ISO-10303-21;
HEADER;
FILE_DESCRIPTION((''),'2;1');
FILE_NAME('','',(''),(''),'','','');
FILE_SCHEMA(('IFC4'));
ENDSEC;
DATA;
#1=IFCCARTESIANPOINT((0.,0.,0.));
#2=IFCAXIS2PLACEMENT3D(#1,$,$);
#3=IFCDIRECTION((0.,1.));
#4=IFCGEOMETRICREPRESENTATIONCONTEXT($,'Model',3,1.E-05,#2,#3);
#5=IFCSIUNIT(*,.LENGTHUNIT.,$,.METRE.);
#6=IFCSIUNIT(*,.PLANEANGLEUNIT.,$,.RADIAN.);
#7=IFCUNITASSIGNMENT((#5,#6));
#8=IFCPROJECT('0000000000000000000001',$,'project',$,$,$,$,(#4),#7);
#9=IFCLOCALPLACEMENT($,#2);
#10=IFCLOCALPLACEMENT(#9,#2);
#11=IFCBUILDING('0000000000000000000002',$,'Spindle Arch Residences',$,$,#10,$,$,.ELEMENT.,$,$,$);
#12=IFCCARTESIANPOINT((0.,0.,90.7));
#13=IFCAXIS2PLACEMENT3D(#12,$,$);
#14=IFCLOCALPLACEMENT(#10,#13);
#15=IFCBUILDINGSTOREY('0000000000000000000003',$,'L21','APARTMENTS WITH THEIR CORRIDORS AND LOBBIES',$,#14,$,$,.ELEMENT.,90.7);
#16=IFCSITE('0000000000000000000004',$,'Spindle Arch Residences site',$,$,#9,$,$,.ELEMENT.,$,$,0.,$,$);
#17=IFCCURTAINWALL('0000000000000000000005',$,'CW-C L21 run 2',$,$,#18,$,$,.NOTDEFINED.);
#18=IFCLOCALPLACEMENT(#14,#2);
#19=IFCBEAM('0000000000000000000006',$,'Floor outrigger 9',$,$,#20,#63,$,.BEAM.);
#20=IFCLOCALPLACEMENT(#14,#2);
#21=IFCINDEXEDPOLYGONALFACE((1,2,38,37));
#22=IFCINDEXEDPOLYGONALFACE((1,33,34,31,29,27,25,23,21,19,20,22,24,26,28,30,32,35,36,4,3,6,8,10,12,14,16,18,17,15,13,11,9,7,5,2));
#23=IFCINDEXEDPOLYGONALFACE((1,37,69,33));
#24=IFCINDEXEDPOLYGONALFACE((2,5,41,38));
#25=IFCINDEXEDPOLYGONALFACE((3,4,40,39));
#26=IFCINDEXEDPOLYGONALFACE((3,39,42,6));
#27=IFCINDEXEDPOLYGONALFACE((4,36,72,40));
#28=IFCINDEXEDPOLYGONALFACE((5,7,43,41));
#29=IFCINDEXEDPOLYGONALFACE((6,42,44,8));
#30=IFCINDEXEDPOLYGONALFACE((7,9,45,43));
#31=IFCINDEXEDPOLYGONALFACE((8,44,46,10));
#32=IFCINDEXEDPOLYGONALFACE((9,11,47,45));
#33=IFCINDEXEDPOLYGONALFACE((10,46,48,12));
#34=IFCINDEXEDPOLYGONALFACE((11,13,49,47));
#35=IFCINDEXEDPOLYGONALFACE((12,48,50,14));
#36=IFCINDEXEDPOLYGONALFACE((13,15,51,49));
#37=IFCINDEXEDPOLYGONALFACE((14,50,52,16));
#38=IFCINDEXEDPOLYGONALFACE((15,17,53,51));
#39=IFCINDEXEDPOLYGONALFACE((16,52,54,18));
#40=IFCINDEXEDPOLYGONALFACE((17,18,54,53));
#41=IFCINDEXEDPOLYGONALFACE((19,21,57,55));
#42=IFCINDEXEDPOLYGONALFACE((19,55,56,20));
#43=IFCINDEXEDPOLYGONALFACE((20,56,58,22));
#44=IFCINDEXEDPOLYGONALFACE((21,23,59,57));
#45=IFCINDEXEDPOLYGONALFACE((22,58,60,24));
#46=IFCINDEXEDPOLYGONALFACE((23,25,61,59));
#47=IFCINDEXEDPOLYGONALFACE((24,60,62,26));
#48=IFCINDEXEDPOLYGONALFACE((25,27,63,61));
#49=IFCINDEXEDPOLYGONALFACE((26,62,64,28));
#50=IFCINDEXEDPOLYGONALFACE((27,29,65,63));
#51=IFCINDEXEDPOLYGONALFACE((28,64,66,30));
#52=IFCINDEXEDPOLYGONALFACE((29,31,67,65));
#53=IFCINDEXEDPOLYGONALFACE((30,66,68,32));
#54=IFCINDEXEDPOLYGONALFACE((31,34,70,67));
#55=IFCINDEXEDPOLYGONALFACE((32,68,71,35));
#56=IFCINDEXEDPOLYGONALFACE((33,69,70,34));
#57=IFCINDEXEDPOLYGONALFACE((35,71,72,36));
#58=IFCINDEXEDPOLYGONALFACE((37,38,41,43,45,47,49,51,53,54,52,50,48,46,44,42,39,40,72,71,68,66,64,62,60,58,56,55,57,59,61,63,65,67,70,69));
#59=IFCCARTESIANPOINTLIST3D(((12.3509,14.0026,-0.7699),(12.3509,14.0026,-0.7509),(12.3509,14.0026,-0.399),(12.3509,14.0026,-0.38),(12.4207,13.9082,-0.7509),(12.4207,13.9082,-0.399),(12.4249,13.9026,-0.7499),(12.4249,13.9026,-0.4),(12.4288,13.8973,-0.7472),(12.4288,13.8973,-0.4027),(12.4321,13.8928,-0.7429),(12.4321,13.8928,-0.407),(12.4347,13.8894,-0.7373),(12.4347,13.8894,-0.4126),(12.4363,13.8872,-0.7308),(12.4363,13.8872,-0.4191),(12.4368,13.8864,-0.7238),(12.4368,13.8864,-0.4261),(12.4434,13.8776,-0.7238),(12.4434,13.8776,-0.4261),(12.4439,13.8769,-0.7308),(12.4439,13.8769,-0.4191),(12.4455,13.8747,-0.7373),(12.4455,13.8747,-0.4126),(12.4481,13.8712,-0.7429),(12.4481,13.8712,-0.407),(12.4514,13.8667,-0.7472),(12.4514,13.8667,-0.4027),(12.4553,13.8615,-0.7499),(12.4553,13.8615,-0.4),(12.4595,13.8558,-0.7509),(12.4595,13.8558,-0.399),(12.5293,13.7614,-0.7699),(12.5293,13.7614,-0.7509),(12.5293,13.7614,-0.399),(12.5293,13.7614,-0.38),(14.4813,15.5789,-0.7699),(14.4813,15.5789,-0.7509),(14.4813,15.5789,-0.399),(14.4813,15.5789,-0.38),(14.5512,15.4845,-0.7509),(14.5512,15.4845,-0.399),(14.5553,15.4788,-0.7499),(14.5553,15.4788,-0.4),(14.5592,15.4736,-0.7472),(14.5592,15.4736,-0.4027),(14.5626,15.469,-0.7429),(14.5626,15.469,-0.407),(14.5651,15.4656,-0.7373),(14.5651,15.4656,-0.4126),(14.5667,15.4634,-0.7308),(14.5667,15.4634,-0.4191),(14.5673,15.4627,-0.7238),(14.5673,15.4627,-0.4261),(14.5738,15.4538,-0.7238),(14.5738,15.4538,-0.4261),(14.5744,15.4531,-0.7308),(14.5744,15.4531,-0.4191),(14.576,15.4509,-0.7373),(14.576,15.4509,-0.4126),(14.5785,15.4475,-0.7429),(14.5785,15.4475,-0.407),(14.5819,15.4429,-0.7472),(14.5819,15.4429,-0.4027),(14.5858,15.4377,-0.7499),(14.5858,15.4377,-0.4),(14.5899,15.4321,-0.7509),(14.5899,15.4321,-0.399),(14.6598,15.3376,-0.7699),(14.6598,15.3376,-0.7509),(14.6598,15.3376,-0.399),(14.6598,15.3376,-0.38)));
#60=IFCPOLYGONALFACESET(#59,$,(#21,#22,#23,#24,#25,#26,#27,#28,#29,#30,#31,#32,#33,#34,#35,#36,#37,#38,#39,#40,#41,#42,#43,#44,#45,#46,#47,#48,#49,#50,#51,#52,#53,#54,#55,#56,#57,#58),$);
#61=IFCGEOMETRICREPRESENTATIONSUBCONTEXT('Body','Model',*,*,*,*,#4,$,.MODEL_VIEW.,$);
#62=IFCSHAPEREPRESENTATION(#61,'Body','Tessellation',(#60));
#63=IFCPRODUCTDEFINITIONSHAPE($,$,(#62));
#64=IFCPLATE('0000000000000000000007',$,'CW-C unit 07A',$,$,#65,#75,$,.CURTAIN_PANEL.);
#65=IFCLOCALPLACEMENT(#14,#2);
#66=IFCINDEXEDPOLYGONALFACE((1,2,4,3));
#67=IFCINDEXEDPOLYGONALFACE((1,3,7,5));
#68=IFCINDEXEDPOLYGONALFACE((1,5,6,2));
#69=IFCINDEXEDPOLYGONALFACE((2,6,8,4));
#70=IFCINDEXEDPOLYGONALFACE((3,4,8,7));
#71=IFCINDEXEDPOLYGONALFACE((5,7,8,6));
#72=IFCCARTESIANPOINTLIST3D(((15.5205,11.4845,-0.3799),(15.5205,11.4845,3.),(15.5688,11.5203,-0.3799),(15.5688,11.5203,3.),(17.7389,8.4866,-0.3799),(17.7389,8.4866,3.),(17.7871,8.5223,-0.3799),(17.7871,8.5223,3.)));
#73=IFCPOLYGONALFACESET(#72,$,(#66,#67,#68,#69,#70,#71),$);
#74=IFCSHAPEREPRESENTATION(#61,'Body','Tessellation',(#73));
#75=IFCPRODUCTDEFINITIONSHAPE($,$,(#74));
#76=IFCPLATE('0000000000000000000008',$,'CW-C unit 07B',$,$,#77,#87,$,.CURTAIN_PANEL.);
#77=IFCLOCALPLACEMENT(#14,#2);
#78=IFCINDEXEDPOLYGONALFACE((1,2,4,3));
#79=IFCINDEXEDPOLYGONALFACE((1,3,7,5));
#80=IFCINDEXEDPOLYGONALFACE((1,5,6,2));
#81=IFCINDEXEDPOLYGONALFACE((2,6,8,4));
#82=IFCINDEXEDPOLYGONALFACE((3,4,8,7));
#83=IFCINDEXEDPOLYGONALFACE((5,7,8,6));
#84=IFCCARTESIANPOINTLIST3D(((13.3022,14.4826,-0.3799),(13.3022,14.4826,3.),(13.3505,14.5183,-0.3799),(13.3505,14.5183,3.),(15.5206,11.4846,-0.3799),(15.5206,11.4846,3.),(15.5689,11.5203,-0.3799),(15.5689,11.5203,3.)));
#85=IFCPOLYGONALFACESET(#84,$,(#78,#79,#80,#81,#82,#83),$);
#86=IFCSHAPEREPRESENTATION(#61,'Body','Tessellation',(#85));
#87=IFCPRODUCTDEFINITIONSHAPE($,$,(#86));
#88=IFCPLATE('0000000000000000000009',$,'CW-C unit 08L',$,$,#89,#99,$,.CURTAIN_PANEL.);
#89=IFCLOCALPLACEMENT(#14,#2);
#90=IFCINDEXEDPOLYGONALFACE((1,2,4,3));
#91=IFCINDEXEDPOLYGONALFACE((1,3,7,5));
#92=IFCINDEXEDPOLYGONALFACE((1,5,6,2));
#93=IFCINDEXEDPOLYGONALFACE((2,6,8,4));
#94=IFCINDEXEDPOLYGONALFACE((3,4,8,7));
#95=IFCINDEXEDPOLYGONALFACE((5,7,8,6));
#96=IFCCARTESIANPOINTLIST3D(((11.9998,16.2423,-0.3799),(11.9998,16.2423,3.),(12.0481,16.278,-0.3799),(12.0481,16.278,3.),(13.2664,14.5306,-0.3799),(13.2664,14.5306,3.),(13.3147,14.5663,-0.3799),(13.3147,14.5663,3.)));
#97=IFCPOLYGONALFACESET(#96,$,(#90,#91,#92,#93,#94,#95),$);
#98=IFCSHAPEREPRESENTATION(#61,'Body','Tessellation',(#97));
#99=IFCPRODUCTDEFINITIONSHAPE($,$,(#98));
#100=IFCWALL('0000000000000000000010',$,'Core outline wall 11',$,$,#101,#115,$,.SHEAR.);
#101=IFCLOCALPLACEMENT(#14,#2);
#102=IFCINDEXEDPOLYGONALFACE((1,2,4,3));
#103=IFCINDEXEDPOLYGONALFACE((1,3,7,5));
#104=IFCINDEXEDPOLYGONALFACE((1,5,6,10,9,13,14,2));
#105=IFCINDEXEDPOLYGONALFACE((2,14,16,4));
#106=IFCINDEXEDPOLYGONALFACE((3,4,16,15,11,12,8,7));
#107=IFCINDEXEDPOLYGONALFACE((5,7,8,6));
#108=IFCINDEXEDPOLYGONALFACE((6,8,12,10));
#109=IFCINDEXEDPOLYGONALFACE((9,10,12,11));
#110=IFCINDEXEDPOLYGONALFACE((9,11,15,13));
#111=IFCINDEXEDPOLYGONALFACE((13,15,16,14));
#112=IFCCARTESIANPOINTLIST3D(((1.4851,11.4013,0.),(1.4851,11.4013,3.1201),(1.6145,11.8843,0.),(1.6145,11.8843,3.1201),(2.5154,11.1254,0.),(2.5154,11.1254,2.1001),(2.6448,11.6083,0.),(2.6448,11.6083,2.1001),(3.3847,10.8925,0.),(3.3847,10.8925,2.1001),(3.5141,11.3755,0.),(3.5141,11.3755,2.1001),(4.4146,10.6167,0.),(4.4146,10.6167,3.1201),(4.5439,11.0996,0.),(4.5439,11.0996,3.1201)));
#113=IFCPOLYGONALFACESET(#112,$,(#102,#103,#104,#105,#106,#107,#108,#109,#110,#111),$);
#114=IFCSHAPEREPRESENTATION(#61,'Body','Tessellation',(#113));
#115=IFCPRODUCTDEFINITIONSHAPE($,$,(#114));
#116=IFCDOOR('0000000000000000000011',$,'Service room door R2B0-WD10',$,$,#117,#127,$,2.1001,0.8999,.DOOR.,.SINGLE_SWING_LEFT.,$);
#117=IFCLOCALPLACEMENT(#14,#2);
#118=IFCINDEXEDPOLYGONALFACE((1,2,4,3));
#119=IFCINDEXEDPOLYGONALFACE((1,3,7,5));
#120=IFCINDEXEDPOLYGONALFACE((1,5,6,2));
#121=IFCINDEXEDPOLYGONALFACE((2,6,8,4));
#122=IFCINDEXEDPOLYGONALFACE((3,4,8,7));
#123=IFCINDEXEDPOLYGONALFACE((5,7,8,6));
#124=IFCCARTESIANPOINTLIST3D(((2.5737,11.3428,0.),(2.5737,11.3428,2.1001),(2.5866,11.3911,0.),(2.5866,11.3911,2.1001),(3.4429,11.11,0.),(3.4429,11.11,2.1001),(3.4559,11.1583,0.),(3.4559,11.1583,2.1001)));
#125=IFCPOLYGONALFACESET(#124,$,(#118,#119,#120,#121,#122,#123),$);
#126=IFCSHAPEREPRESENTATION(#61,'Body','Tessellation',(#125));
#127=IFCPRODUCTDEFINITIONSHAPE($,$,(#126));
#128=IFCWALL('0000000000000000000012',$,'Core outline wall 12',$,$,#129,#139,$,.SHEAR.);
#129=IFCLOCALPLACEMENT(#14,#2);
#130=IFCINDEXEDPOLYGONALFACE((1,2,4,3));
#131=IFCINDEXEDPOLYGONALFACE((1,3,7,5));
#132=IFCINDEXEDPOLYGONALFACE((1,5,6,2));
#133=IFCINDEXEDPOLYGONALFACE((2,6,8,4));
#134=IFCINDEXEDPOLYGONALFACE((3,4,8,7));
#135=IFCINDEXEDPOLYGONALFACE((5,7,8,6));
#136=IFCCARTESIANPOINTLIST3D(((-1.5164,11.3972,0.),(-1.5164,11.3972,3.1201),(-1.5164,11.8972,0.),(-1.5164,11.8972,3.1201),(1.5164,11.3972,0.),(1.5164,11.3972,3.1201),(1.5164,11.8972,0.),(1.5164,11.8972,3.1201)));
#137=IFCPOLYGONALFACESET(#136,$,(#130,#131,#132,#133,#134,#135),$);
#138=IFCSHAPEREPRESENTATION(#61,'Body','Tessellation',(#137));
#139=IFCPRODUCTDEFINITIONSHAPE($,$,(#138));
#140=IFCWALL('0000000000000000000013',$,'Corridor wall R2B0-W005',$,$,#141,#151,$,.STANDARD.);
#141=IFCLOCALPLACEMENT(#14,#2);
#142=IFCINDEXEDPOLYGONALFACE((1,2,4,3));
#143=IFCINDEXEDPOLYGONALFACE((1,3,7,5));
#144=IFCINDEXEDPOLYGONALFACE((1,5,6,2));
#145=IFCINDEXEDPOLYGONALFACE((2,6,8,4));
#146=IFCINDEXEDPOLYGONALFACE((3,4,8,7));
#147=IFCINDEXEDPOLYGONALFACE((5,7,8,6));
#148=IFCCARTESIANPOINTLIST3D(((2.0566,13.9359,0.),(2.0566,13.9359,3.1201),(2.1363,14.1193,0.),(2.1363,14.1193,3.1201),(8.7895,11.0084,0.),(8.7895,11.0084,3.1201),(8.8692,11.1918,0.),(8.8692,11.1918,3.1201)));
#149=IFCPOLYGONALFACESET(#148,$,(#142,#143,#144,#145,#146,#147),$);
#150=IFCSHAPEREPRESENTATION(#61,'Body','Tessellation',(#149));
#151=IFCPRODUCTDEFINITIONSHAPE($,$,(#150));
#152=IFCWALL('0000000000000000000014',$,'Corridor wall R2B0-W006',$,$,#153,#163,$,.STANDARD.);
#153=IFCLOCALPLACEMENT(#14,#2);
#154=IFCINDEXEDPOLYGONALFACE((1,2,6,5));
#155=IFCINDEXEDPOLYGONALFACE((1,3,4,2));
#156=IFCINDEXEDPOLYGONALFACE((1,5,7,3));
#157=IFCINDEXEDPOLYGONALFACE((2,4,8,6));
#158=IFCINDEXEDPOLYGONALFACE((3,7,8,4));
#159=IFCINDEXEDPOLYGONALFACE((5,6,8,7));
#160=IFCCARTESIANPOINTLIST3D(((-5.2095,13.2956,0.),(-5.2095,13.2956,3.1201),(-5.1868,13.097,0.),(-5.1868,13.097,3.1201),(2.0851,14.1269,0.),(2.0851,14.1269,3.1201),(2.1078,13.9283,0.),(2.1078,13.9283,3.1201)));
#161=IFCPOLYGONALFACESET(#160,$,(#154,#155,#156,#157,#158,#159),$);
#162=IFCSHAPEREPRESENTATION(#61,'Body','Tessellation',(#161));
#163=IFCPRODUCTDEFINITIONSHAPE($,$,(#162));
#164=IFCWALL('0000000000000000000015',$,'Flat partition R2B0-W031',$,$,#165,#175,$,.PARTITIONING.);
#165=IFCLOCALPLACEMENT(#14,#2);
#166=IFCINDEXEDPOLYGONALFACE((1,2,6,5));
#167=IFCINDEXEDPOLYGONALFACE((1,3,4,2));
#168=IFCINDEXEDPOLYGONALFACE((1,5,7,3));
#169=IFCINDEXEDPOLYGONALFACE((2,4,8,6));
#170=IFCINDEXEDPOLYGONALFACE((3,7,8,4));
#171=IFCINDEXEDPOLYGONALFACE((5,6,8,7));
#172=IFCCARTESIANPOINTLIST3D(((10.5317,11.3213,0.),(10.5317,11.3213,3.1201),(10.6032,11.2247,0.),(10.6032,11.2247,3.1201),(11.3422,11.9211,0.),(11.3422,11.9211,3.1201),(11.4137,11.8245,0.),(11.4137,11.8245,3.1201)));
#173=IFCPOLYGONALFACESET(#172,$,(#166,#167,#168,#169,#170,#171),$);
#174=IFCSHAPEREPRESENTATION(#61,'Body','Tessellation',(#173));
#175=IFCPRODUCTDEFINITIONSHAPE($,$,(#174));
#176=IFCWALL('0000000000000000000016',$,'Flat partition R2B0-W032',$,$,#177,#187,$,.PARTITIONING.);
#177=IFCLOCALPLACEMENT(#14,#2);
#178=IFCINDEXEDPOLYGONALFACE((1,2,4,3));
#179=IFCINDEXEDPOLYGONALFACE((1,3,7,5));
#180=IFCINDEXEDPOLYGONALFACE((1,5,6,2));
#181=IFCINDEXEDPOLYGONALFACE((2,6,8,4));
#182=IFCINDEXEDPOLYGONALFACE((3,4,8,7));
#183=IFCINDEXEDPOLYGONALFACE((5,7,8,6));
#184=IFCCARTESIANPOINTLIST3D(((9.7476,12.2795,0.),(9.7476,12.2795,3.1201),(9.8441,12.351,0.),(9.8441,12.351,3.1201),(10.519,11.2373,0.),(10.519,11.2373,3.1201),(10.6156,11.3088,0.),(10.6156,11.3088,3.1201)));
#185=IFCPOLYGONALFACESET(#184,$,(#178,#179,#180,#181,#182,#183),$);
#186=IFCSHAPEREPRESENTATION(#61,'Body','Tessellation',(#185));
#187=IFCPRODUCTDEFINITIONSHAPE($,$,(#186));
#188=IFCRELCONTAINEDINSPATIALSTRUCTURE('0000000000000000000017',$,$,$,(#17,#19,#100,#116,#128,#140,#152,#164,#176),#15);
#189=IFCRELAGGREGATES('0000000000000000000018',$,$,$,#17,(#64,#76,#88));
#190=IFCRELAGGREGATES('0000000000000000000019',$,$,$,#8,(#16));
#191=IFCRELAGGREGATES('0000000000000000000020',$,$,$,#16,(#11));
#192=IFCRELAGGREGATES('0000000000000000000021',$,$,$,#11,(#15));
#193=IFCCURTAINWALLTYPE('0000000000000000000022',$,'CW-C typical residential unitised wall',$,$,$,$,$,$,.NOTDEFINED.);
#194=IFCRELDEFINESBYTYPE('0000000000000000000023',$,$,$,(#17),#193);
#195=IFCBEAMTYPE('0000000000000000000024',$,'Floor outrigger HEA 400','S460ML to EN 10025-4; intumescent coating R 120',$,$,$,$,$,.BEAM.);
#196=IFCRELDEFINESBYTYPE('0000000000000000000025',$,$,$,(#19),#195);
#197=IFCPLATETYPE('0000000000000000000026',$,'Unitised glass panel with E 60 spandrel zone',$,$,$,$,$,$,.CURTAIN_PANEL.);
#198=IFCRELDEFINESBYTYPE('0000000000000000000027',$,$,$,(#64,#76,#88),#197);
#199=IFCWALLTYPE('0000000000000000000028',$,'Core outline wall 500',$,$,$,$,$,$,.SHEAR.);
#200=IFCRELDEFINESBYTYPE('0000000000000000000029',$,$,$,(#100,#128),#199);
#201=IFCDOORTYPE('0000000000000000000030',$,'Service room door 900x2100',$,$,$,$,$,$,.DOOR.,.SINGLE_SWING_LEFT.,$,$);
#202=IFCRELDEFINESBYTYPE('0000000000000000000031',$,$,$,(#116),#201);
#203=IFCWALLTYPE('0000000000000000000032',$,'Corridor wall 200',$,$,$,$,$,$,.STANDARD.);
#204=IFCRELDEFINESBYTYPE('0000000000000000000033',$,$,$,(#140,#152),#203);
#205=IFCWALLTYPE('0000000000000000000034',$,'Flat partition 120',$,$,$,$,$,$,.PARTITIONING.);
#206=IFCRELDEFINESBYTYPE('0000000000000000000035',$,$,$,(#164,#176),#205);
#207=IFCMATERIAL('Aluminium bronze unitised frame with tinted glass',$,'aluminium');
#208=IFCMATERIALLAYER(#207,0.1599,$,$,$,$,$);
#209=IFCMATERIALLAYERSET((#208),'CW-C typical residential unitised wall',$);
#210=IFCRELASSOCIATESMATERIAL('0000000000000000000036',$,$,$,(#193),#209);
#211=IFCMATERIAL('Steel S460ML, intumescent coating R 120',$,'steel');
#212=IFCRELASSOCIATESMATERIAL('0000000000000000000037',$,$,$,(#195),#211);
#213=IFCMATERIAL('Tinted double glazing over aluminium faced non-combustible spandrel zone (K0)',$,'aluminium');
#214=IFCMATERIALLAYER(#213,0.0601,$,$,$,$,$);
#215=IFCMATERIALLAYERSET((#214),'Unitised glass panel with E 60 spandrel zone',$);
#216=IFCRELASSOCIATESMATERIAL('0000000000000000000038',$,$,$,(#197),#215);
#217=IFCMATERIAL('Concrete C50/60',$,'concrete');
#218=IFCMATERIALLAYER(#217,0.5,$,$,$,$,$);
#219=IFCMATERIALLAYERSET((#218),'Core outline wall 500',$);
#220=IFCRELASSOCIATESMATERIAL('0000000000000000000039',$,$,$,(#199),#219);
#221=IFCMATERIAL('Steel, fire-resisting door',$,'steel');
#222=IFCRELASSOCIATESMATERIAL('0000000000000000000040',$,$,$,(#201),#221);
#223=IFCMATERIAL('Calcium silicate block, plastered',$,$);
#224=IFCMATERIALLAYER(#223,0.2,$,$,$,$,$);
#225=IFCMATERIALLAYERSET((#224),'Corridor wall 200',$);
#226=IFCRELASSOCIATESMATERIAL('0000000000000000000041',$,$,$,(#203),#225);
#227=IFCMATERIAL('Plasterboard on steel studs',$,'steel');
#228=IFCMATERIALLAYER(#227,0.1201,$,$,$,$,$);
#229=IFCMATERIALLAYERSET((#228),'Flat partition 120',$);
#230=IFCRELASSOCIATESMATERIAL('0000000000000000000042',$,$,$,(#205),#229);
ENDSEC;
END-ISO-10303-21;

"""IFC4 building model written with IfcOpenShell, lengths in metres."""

from ifc_helpers import new_model, si_unit, direction, frame, frame_2d, origin, origin_2d, place, context, subcontext, project, spatial, rectangle, i_section, extrude, material, layer, layer_set, material_profile, profile_set, type_object, element, fill, aggregate, save


model = new_model("IFC4")

# Units and contexts
model_context = context("Model", 3, precision=1e-05, world=origin(), true_north=direction((0.0, 1.0)))
body_context = subcontext(model_context, "Body", "Model", "MODEL_VIEW")
ifc_project = project(units=[si_unit("LENGTHUNIT", "METRE"), si_unit("PLANEANGLEUNIT", "RADIAN")], contexts=[model_context])

# Site, building, storey
site_placement = place(None, origin())
site = spatial("IfcSite", under=ifc_project, at=site_placement, Name="Spindle Arch Residences site", CompositionType="ELEMENT", RefElevation=0.0)
building_placement = place(site_placement, origin())
building = spatial("IfcBuilding", under=site, at=building_placement, Name="Spindle Arch Residences", CompositionType="ELEMENT")
storey_placement = place(building_placement, frame((0.0, 0.0, 90.7)))
storey = spatial("IfcBuildingStorey", under=building, at=storey_placement, Name="L21", Description="APARTMENTS WITH THEIR CORRIDORS AND LOBBIES", CompositionType="ELEMENT", Elevation=90.7)

# Curtain wall
ifc_material_1 = material(Name="Aluminium bronze unitised frame with tinted glass", Category="aluminium")
ifc_layer_1 = layer(ifc_material_1, 0.1599)
ifc_layer_set_1 = layer_set([ifc_layer_1], Name="CW-C typical residential unitised wall")
curtain_wall_type = type_object("IfcCurtainWallType", Name="CW-C typical residential unitised wall", PredefinedType="NOTDEFINED", material=ifc_layer_set_1)
curtain_wall_placement = place(storey_placement, origin())
curtain_wall = element("IfcCurtainWall", 1, at=curtain_wall_placement, inside=storey, type_object=curtain_wall_type, Name="CW-C L21 run 2", PredefinedType="NOTDEFINED")

# Beam
ifc_material_2 = material(Name="Steel S460ML, intumescent coating R 120", Category="steel")
ifc_material_profile_1 = material_profile(ifc_material_2, i_section(OverallWidth=0.3, OverallDepth=0.3899, WebThickness=0.011, FlangeThickness=0.019, FilletRadius=0.0271, at=origin_2d()), Name="HEA 400")
ifc_profile_set_1 = profile_set([ifc_material_profile_1], Name="Steel S460ML, intumescent coating R 120")
beam_type_1 = type_object("IfcBeamType", Name="Floor outrigger HEA 400", Description="S460ML to EN 10025-4; intumescent coating R 120", PredefinedType="BEAM", material=ifc_profile_set_1)
for number, where, z_axis, x_axis, name in (
    (2, (14.5706, 15.4583, -0.575), (-0.803897, -0.594769, 0.0), (0.594769, -0.803897, 0.0), "Floor outrigger 9"),
):
    element("IfcBeam", number, at=place(storey_placement, frame(where, z_axis=z_axis, x_axis=x_axis)), inside=storey, type_object=beam_type_1, Name=name, PredefinedType="BEAM", context=body_context, shape_type="SweptSolid", body=[
        extrude(i_section(OverallWidth=0.3, OverallDepth=0.3899, WebThickness=0.011, FlangeThickness=0.019, FilletRadius=0.0271, at=origin_2d()), origin(), (0.0, 0.0, 1.0), 2.6501),
    ])

# Plates
ifc_material_3 = material(Name="Tinted double glazing over aluminium faced non-combustible spandrel zone (K0)", Category="aluminium")
ifc_layer_2 = layer(ifc_material_3, 0.0601)
ifc_layer_set_2 = layer_set([ifc_layer_2], Name="Unitised glass panel with E 60 spandrel zone")
plate_type = type_object("IfcPlateType", Name="Unitised glass panel with E 60 spandrel zone", PredefinedType="CURTAIN_PANEL", material=ifc_layer_set_2)
plate_1_placement = place(storey_placement, frame((16.6538, 10.0034, -0.3799), z_axis=(0.0, 0.0, 1.0), x_axis=(-0.594823, 0.803857, 0.0)))
plate_1 = element("IfcPlate", 3, at=plate_1_placement, type_object=plate_type, Name="CW-C unit 07A", PredefinedType="CURTAIN_PANEL", context=body_context, shape_type="SweptSolid", body=[
    extrude(rectangle(XDim=3.7295, YDim=0.0601, at=origin_2d()), origin(), (0.0, 0.0, 1.0), 3.3799),
])
plate_2_placement = place(storey_placement, frame((14.4355, 13.0015, -0.3799), z_axis=(0.0, 0.0, 1.0), x_axis=(-0.594823, 0.803857, 0.0)))
plate_2 = element("IfcPlate", 4, at=plate_2_placement, type_object=plate_type, Name="CW-C unit 07B", PredefinedType="CURTAIN_PANEL", context=body_context, shape_type="SweptSolid", body=[
    extrude(rectangle(XDim=3.7295, YDim=0.0601, at=origin_2d()), origin(), (0.0, 0.0, 1.0), 3.3799),
])
plate_3_placement = place(storey_placement, frame((12.6572, 15.4043, -0.3799), z_axis=(0.0, 0.0, 1.0), x_axis=(-0.594823, 0.803857, 0.0)))
plate_3 = element("IfcPlate", 5, at=plate_3_placement, type_object=plate_type, Name="CW-C unit 08L", PredefinedType="CURTAIN_PANEL", context=body_context, shape_type="SweptSolid", body=[
    extrude(rectangle(XDim=2.1294, YDim=0.0601, at=origin_2d()), origin(), (0.0, 0.0, 1.0), 3.3799),
])
aggregate(curtain_wall, [plate_1, plate_2, plate_3])

# Wall, opening, door
ifc_material_4 = material(Name="Concrete C50/60", Category="concrete")
ifc_layer_3 = layer(ifc_material_4, 0.5)
ifc_layer_set_3 = layer_set([ifc_layer_3], Name="Core outline wall 500")
wall_type_1 = type_object("IfcWallType", Name="Core outline wall 500", PredefinedType="SHEAR", material=ifc_layer_set_3)
wall_1_placement = place(storey_placement, frame((4.4792, 10.8582, 0.0), z_axis=(0.0, 0.0, 1.0), x_axis=(-0.965948, 0.258735, 0.0)))
wall_1 = element("IfcWall", 6, at=wall_1_placement, inside=storey, type_object=wall_type_1, Name="Core outline wall 11", PredefinedType="SHEAR", context=body_context, shape_type="SweptSolid", body=[
    extrude(rectangle(XDim=3.0327, YDim=0.5, at=frame_2d((1.5164, 0.0))), origin(), (0.0, 0.0, 1.0), 3.1201),
])
opening_1_placement = place(wall_1_placement, frame((1.0662, 0.0, 0.0)))
opening_1 = element("IfcOpeningElement", 7, at=opening_1_placement, cuts=wall_1, PredefinedType="OPENING", context=body_context, shape_type="SweptSolid", body=[
    extrude(rectangle(XDim=0.8999, YDim=2.1001, at=frame_2d((0.45, 1.05))), frame((0.0, 0.26, 0.0), z_axis=(0.0, -1.0, 0.0), x_axis=(1.0, 0.0, 0.0)), (0.0, 0.0, 1.0), 0.52),
])
ifc_material_5 = material(Name="Steel, fire-resisting door", Category="steel")
door_type_1 = type_object("IfcDoorType", Name="Service room door 900x2100", OperationType="SINGLE_SWING_LEFT", PredefinedType="DOOR", material=ifc_material_5)
door_1_placement = place(opening_1_placement, origin())
door_1 = element("IfcDoor", 8, at=door_1_placement, inside=storey, type_object=door_type_1, Name="Service room door R2B0-WD10", OperationType="SINGLE_SWING_LEFT", OverallHeight=2.1001, OverallWidth=0.8999, PredefinedType="DOOR", context=body_context, shape_type="SweptSolid", body=[
    extrude(rectangle(XDim=0.8999, YDim=2.1001, at=frame_2d((0.45, 1.05))), frame((0.0, 0.0249, 0.0), z_axis=(0.0, -1.0, 0.0), x_axis=(1.0, 0.0, 0.0)), (0.0, 0.0, 1.0), 0.05),
])
fill(opening_1, door_1)

# Walls
wall_2_placement = place(storey_placement, frame((1.5164, 11.6472, 0.0), z_axis=(0.0, 0.0, 1.0), x_axis=(-1.0, 0.0, 0.0)))
element("IfcWall", 9, at=wall_2_placement, inside=storey, type_object=wall_type_1, Name="Core outline wall 12", PredefinedType="SHEAR", context=body_context, shape_type="SweptSolid", body=[
    extrude(rectangle(XDim=3.0327, YDim=0.5, at=frame_2d((1.5164, 0.0))), origin(), (0.0, 0.0, 1.0), 3.1201),
])
ifc_material_6 = material(Name="Calcium silicate block, plastered")
ifc_layer_4 = layer(ifc_material_6, 0.2)
ifc_layer_set_4 = layer_set([ifc_layer_4], Name="Corridor wall 200")
wall_type_2 = type_object("IfcWallType", Name="Corridor wall 200", PredefinedType="STANDARD", material=ifc_layer_set_4)
for number, where, z_axis, x_axis, name in (
    (10, (8.8293, 11.1001, 0.0), (0.0, 0.0, 1.0), (-0.917063, 0.398742, 0.0), "Corridor wall R2B0-W005"),
    (11, (2.0964, 14.0276, 0.0), (0.0, 0.0, 1.0), (-0.993569, -0.113227, 0.0), "Corridor wall R2B0-W006"),
):
    element("IfcWall", number, at=place(storey_placement, frame(where, z_axis=z_axis, x_axis=x_axis)), inside=storey, type_object=wall_type_2, Name=name, PredefinedType="STANDARD", context=body_context, shape_type="SweptSolid", body=[
        extrude(rectangle(XDim=7.3418, YDim=0.2, at=frame_2d((3.6709, 0.0))), origin(), (0.0, 0.0, 1.0), 3.1201),
    ])
ifc_material_7 = material(Name="Plasterboard on steel studs", Category="steel")
ifc_layer_5 = layer(ifc_material_7, 0.1201)
ifc_layer_set_5 = layer_set([ifc_layer_5], Name="Flat partition 120")
wall_type_3 = type_object("IfcWallType", Name="Flat partition 120", PredefinedType="PARTITIONING", material=ifc_layer_set_5)
wall_3_placement = place(storey_placement, frame((11.3779, 11.8728, 0.0), z_axis=(0.0, 0.0, 1.0), x_axis=(-0.803819, -0.594874, 0.0)))
element("IfcWall", 12, at=wall_3_placement, inside=storey, type_object=wall_type_3, Name="Flat partition R2B0-W031", PredefinedType="PARTITIONING", context=body_context, shape_type="SweptSolid", body=[
    extrude(rectangle(XDim=1.0083, YDim=0.1201, at=frame_2d((0.5042, 0.0))), origin(), (0.0, 0.0, 1.0), 3.1201),
])
wall_4_placement = place(storey_placement, frame((10.5674, 11.2729, 0.0), z_axis=(0.0, 0.0, 1.0), x_axis=(-0.594957, 0.803757, 0.0)))
element("IfcWall", 13, at=wall_4_placement, inside=storey, type_object=wall_type_3, Name="Flat partition R2B0-W032", PredefinedType="PARTITIONING", context=body_context, shape_type="SweptSolid", body=[
    extrude(rectangle(XDim=1.2966, YDim=0.1201, at=frame_2d((0.6484, 0.0))), origin(), (0.0, 0.0, 1.0), 3.1201),
])

save(model, "model.ifc")
